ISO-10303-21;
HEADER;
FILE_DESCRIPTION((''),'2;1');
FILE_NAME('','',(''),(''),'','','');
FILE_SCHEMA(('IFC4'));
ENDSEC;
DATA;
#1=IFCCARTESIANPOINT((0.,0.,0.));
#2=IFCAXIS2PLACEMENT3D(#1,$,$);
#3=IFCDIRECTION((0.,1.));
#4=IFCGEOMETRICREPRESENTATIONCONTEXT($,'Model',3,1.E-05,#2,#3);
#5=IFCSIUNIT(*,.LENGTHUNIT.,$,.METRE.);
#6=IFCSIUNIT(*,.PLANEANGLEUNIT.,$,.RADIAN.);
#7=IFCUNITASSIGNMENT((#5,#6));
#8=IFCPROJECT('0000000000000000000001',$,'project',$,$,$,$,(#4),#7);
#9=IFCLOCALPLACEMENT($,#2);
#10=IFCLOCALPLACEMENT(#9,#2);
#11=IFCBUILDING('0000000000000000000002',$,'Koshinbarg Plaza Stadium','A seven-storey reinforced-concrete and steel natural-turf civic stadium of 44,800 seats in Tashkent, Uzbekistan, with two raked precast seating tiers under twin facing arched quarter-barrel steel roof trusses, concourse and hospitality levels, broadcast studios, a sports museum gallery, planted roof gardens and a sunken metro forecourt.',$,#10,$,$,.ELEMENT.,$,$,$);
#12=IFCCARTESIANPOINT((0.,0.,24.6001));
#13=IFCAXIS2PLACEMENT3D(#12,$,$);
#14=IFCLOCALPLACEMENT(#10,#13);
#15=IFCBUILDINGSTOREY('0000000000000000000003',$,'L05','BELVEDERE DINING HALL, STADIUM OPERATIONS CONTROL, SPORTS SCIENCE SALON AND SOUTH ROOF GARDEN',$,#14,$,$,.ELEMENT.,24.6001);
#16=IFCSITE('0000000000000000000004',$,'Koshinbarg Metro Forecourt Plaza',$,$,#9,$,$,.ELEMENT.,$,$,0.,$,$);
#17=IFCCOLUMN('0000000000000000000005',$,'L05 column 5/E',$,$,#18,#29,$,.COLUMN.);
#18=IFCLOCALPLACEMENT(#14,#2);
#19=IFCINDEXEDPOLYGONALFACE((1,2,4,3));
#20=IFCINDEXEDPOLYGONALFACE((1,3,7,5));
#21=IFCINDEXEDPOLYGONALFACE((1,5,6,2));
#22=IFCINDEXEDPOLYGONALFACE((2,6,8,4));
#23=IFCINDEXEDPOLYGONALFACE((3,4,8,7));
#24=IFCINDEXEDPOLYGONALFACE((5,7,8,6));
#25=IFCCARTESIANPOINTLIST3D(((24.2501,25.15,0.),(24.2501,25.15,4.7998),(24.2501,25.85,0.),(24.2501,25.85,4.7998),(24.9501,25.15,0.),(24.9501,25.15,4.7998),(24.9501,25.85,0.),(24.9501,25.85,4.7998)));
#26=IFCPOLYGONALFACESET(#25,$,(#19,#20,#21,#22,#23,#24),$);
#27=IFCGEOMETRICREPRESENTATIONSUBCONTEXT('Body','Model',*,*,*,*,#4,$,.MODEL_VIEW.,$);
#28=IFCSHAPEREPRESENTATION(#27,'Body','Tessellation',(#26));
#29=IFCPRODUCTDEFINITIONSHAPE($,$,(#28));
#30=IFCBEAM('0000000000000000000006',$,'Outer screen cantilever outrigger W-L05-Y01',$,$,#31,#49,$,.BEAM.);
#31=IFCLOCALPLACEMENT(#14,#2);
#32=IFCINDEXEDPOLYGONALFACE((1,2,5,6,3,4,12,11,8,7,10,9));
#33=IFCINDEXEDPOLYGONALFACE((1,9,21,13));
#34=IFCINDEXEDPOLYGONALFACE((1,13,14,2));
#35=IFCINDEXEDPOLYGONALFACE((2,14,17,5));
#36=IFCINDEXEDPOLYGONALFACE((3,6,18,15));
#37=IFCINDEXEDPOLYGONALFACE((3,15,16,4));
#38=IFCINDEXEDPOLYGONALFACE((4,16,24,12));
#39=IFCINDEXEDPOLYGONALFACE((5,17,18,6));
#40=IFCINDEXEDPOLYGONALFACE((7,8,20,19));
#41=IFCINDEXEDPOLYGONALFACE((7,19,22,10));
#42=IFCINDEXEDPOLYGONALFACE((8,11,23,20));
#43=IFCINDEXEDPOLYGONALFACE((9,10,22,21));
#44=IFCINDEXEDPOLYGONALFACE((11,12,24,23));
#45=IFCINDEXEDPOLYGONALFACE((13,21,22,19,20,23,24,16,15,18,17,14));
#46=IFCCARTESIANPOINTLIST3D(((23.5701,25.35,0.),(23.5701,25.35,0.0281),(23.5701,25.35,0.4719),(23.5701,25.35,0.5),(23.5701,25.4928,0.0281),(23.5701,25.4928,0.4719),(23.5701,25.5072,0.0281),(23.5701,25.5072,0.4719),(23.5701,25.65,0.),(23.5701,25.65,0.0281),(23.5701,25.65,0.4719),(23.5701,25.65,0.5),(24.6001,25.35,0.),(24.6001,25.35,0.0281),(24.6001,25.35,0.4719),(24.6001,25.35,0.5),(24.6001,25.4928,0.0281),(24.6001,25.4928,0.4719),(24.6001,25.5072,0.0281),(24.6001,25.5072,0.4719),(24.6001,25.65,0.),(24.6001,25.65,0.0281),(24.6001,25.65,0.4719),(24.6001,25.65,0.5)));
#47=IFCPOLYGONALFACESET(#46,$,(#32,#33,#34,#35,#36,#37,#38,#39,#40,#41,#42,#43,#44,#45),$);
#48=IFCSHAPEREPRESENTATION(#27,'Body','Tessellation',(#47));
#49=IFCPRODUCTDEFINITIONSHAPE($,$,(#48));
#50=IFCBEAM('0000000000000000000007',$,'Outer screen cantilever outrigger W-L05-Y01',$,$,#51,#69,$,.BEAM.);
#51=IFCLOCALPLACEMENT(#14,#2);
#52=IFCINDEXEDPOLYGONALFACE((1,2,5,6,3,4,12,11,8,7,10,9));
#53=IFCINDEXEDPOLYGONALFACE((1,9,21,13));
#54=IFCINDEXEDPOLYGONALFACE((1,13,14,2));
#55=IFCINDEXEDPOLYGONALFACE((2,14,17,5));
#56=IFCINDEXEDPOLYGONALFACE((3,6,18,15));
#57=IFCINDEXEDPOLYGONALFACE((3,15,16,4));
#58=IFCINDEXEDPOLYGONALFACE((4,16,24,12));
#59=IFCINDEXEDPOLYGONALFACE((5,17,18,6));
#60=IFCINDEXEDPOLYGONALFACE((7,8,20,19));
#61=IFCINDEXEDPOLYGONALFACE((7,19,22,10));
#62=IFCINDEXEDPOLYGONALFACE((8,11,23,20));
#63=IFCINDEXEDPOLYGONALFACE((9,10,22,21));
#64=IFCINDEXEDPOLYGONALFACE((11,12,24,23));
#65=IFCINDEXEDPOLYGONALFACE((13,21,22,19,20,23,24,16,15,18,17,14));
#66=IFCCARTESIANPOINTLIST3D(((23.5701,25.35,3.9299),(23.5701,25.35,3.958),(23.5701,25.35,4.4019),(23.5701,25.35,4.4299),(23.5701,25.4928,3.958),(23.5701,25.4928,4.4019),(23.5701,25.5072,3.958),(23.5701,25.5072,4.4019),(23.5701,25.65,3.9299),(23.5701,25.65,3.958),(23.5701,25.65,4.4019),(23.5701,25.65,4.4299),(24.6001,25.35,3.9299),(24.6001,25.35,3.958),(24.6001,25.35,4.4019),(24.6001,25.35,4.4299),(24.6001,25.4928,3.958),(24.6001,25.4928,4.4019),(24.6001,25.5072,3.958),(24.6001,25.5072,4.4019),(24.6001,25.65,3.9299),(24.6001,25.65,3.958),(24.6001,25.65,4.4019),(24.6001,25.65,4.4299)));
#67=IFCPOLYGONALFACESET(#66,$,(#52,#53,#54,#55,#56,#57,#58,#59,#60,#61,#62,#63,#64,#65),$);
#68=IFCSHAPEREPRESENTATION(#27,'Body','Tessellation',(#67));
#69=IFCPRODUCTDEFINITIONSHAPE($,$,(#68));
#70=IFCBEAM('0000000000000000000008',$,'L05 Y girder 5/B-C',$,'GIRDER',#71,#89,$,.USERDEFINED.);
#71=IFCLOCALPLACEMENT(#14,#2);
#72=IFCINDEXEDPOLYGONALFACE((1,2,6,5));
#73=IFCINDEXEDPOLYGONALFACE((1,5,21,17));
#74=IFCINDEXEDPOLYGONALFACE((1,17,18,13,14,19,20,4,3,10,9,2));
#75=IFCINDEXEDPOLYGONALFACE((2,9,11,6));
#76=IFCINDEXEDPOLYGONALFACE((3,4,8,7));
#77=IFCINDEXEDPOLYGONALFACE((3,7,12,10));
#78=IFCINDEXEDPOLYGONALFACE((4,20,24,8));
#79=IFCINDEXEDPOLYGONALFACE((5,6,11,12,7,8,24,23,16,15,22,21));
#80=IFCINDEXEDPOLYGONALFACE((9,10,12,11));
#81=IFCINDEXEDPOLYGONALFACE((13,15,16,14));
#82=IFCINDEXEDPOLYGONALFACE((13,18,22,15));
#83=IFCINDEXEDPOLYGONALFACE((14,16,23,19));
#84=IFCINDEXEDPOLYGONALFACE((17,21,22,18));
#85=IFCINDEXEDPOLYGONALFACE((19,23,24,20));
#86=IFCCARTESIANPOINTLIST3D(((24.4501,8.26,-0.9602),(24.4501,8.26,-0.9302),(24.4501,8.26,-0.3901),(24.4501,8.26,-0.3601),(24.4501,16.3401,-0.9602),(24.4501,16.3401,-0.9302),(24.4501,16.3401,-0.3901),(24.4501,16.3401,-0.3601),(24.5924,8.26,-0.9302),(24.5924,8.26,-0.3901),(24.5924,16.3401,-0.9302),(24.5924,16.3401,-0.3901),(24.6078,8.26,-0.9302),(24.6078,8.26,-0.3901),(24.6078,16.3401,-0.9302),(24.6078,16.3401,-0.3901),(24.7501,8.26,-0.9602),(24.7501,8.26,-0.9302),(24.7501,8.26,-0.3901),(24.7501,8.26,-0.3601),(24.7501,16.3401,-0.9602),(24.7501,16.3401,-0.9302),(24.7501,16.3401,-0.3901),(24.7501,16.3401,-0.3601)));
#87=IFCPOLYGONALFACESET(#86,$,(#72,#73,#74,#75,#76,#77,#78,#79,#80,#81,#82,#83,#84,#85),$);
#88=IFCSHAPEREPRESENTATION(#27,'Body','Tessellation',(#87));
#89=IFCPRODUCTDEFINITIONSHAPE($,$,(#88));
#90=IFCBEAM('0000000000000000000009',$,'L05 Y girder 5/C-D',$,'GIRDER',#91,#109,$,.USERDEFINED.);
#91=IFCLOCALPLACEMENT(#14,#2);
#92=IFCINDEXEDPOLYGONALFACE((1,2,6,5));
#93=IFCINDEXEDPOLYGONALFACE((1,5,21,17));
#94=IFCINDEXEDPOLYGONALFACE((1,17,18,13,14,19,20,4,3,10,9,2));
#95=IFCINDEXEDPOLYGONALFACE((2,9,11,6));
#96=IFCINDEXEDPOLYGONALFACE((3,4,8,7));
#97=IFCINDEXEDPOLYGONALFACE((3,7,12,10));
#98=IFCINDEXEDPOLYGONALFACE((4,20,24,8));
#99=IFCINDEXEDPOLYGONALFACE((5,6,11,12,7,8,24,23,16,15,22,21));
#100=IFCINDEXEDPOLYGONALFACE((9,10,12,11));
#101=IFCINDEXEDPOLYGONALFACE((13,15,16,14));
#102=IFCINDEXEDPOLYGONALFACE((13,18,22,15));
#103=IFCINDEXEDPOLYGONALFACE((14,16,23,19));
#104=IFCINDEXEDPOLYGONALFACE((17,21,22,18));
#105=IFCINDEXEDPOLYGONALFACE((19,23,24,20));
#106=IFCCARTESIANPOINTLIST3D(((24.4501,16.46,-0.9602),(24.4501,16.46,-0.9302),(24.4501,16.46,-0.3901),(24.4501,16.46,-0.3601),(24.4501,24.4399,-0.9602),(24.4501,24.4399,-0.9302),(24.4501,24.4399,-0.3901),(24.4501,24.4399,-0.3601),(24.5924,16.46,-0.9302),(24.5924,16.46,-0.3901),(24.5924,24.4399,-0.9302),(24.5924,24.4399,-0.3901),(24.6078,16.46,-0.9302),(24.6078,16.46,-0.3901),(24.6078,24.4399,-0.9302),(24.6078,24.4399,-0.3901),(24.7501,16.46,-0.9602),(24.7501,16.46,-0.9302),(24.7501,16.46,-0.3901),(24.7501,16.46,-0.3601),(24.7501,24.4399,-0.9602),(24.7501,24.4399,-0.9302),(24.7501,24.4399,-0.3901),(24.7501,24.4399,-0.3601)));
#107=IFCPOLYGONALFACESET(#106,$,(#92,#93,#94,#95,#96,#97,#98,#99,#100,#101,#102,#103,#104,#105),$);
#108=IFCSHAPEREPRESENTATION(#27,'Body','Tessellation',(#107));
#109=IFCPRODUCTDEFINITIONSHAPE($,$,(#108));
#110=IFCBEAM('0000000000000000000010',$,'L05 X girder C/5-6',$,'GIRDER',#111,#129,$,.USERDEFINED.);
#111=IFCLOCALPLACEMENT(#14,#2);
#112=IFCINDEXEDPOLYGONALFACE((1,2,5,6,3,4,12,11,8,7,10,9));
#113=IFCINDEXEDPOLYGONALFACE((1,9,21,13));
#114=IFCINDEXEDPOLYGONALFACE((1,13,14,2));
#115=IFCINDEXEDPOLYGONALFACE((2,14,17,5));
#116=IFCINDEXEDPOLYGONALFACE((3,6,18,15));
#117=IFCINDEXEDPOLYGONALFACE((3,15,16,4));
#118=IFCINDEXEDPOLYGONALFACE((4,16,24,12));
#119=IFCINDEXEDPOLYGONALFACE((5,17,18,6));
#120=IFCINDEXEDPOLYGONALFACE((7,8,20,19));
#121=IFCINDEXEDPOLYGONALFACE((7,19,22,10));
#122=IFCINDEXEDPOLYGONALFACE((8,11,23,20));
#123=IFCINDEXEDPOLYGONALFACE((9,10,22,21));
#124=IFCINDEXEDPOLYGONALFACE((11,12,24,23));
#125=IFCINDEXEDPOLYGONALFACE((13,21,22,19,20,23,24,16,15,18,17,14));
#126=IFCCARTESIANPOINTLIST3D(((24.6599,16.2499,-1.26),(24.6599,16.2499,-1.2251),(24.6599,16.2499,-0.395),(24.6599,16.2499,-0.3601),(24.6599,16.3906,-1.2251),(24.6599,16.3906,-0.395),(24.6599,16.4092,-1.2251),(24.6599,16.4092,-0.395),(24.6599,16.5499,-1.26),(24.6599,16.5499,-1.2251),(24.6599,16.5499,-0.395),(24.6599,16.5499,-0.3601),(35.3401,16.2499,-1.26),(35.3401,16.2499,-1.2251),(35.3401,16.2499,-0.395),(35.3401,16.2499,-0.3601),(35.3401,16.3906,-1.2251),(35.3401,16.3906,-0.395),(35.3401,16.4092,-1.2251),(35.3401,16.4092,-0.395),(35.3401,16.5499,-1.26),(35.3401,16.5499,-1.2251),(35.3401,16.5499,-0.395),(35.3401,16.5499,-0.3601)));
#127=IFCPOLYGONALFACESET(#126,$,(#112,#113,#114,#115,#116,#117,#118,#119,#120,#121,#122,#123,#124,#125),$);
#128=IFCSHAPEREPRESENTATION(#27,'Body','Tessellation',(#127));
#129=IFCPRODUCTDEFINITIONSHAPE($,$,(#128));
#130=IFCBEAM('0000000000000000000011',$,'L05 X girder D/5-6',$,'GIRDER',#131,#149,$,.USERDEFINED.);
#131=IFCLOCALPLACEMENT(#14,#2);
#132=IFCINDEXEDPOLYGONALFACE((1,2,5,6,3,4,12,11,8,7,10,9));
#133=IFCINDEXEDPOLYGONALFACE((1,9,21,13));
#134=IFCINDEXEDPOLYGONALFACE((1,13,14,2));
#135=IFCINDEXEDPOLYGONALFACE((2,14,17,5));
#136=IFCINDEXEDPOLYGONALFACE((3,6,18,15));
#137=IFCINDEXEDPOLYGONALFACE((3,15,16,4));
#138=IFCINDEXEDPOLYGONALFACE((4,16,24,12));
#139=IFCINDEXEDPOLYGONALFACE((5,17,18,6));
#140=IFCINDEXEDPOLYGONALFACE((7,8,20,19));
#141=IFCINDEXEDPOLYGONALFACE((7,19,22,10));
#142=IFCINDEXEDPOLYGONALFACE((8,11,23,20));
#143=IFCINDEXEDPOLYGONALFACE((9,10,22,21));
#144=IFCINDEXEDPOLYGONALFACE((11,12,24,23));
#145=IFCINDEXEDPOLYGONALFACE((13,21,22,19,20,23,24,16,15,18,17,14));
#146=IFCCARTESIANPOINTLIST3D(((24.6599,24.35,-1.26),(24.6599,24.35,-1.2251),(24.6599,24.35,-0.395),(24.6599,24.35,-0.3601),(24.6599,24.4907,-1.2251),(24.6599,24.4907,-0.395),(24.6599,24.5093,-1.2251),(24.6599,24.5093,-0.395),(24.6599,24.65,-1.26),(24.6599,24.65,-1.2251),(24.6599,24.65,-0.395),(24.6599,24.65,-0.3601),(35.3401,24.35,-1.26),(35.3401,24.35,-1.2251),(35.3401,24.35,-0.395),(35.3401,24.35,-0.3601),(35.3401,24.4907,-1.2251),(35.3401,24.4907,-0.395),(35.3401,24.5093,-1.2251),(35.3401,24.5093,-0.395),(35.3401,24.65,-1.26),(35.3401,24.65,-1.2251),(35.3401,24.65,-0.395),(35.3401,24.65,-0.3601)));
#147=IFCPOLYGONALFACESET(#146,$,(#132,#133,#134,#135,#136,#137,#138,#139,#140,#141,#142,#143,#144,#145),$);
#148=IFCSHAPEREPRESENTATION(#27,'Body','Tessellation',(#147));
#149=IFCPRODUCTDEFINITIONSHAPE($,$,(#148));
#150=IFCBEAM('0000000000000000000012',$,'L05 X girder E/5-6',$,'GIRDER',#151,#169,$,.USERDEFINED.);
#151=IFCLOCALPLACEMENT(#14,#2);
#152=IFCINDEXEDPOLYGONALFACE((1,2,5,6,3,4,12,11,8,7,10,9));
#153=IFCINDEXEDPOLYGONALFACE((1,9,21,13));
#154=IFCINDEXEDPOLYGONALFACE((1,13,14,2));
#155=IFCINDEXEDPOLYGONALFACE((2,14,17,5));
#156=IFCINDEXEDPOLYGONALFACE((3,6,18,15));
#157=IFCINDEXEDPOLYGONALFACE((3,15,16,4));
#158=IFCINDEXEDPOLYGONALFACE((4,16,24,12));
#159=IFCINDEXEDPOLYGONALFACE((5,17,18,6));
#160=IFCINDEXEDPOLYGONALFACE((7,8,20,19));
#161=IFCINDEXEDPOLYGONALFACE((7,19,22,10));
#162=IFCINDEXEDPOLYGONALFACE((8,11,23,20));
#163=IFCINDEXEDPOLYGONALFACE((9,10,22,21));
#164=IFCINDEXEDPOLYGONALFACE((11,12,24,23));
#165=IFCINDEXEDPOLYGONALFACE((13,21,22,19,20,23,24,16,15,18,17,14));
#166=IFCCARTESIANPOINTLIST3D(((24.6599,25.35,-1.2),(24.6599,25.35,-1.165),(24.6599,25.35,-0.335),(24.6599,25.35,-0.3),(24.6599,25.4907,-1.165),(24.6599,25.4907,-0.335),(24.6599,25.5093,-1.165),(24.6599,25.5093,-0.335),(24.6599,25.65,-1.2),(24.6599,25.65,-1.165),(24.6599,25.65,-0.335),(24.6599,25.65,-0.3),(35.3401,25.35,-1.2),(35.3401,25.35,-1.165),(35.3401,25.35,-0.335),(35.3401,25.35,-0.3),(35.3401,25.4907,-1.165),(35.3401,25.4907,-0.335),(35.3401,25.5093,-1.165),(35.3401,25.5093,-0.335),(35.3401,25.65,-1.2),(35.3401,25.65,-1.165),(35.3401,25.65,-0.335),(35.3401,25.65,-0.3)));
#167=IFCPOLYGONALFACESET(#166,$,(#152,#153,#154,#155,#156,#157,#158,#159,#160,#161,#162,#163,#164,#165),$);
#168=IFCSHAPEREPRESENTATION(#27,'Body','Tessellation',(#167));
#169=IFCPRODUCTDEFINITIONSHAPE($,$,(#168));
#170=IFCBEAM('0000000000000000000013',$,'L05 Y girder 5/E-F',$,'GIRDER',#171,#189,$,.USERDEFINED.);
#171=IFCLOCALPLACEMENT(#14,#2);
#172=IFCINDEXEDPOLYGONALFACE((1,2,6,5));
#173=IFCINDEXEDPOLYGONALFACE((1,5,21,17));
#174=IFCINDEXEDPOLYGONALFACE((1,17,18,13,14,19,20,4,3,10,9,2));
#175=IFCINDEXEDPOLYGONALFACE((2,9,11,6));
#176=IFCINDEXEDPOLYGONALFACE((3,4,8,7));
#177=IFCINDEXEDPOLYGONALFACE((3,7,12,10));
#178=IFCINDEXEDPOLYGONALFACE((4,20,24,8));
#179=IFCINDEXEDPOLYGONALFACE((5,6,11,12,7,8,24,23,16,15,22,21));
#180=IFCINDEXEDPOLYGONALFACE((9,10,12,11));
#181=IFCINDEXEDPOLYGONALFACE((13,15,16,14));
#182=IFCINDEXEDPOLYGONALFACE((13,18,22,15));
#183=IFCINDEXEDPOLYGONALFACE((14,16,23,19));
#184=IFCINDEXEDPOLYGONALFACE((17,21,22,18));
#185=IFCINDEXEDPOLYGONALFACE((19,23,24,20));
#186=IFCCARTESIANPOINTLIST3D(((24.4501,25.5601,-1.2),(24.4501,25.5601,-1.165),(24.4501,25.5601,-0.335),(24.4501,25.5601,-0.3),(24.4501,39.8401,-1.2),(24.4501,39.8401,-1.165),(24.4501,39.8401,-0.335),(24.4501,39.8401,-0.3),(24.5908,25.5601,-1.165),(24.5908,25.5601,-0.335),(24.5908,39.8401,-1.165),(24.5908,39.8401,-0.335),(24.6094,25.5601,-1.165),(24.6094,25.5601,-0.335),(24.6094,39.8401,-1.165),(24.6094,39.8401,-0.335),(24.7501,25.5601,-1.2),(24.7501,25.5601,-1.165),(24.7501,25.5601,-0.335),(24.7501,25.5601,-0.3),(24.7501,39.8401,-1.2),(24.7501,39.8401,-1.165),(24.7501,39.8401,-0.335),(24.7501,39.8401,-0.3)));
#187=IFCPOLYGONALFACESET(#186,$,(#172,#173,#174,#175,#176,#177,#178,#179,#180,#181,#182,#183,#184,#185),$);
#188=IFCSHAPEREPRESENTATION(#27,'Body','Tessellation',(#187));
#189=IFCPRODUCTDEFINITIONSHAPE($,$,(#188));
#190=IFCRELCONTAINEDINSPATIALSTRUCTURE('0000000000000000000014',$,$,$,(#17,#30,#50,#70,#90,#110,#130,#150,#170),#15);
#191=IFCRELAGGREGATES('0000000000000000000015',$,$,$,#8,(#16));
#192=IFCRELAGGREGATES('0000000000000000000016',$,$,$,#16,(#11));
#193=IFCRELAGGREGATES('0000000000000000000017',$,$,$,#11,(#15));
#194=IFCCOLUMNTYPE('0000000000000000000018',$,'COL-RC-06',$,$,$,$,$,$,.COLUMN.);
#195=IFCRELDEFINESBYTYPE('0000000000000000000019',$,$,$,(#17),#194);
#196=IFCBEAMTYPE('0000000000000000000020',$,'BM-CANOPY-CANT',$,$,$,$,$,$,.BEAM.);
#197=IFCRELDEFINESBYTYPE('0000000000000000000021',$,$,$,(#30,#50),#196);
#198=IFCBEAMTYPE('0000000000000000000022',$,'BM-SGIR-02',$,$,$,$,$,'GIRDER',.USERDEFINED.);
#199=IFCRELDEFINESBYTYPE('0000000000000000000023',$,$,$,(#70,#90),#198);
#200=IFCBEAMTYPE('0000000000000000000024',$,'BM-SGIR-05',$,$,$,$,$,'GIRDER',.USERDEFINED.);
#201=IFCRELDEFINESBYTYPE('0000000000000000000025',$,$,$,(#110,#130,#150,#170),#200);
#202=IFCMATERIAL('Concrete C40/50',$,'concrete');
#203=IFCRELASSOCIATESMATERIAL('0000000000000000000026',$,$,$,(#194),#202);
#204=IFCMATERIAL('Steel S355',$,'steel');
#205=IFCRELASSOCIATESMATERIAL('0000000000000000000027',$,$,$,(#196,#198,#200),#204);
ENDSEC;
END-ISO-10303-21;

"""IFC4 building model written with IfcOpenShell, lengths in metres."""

from ifc_helpers import new_model, si_unit, direction, frame, origin, origin_2d, place, context, subcontext, project, spatial, rectangle, i_section, extrude, material, material_profile, profile_set, type_object, element, save


model = new_model("IFC4")

# Units and contexts
model_context = context("Model", 3, precision=1e-05, world=origin(), true_north=direction((0.0, 1.0)))
body_context = subcontext(model_context, "Body", "Model", "MODEL_VIEW")
ifc_project = project(units=[si_unit("LENGTHUNIT", "METRE"), si_unit("PLANEANGLEUNIT", "RADIAN")], contexts=[model_context])

# Site, building, storey
site_placement = place(None, origin())
site = spatial("IfcSite", under=ifc_project, at=site_placement, Name="Koshinbarg Metro Forecourt Plaza", CompositionType="ELEMENT", RefElevation=0.0)
building_placement = place(site_placement, origin())
building = spatial("IfcBuilding", under=site, at=building_placement, Name="Koshinbarg Plaza Stadium", Description="A seven-storey reinforced-concrete and steel natural-turf civic stadium of 44,800 seats in Tashkent, Uzbekistan, with two raked precast seating tiers under twin facing arched quarter-barrel steel roof trusses, concourse and hospitality levels, broadcast studios, a sports museum gallery, planted roof gardens and a sunken metro forecourt.", CompositionType="ELEMENT")
storey_placement = place(building_placement, frame((0.0, 0.0, 24.6001)))
storey = spatial("IfcBuildingStorey", under=building, at=storey_placement, Name="L05", Description="BELVEDERE DINING HALL, STADIUM OPERATIONS CONTROL, SPORTS SCIENCE SALON AND SOUTH ROOF GARDEN", CompositionType="ELEMENT", Elevation=24.6001)

# Column
ifc_material_1 = material(Name="Concrete C40/50", Category="concrete")
ifc_material_profile_1 = material_profile(ifc_material_1, rectangle(XDim=0.7, YDim=0.7, at=origin_2d()), Name="RC 700x700")
ifc_profile_set_1 = profile_set([ifc_material_profile_1], Name="Concrete C40/50")
column_type = type_object("IfcColumnType", Name="COL-RC-06", PredefinedType="COLUMN", material=ifc_profile_set_1)
column_placement = place(storey_placement, frame((24.6001, 25.5, 0.0), z_axis=(0.0, 0.0, 1.0), x_axis=(1.0, 0.0, 0.0)))
element("IfcColumn", 1, at=column_placement, inside=storey, type_object=column_type, Name="L05 column 5/E", PredefinedType="COLUMN", context=body_context, shape_type="SweptSolid", body=[
    extrude(rectangle(XDim=0.7, YDim=0.7, at=origin_2d()), origin(), (0.0, 0.0, 1.0), 4.7998),
])

# Beams
ifc_material_2 = material(Name="Steel S355", Category="steel")
ifc_material_profile_2 = material_profile(ifc_material_2, i_section(OverallWidth=0.3, OverallDepth=0.5, WebThickness=0.0144, FlangeThickness=0.0281, at=origin_2d()), Name="HEB 500")
ifc_profile_set_2 = profile_set([ifc_material_profile_2], Name="Steel S355")
beam_type_1 = type_object("IfcBeamType", Name="BM-CANOPY-CANT", PredefinedType="BEAM", material=ifc_profile_set_2)
for number, where, z_axis, x_axis, name in (
    (2, (24.6001, 25.5, 0.25), (-1.0, 0.0, 0.0), (0.0, -1.0, 0.0), "Outer screen cantilever outrigger W-L05-Y01"),
    (3, (24.6001, 25.5, 4.1799), (-1.0, 0.0, 0.0), (0.0, -1.0, 0.0), "Outer screen cantilever outrigger W-L05-Y01"),
):
    element("IfcBeam", number, at=place(storey_placement, frame(where, z_axis=z_axis, x_axis=x_axis)), inside=storey, type_object=beam_type_1, Name=name, PredefinedType="BEAM", context=body_context, shape_type="SweptSolid", body=[
        extrude(i_section(OverallWidth=0.3, OverallDepth=0.5, WebThickness=0.0144, FlangeThickness=0.0281, at=origin_2d()), origin(), (0.0, 0.0, 1.0), 1.03),
    ])
ifc_material_profile_3 = material_profile(ifc_material_2, i_section(OverallWidth=0.3, OverallDepth=0.6001, WebThickness=0.0154, FlangeThickness=0.03, at=origin_2d()), Name="HEB 600")
ifc_profile_set_3 = profile_set([ifc_material_profile_3], Name="Steel S355")
beam_type_2 = type_object("IfcBeamType", Name="BM-SGIR-02", ElementType="GIRDER", PredefinedType="USERDEFINED", material=ifc_profile_set_3)
beam_1_placement = place(storey_placement, frame((24.6001, 8.26, -0.6602), z_axis=(0.0, 1.0, 0.0), x_axis=(-1.0, 0.0, 0.0)))
element("IfcBeam", 4, at=beam_1_placement, inside=storey, type_object=beam_type_2, Name="L05 Y girder 5/B-C", ObjectType="GIRDER", PredefinedType="USERDEFINED", context=body_context, shape_type="SweptSolid", body=[
    extrude(i_section(OverallWidth=0.3, OverallDepth=0.6001, WebThickness=0.0154, FlangeThickness=0.03, at=origin_2d()), origin(), (0.0, 0.0, 1.0), 8.0801),
])
beam_2_placement = place(storey_placement, frame((24.6001, 16.46, -0.6602), z_axis=(0.0, 1.0, 0.0), x_axis=(-1.0, 0.0, 0.0)))
element("IfcBeam", 5, at=beam_2_placement, inside=storey, type_object=beam_type_2, Name="L05 Y girder 5/C-D", ObjectType="GIRDER", PredefinedType="USERDEFINED", context=body_context, shape_type="SweptSolid", body=[
    extrude(i_section(OverallWidth=0.3, OverallDepth=0.6001, WebThickness=0.0154, FlangeThickness=0.03, at=origin_2d()), origin(), (0.0, 0.0, 1.0), 7.98),
])
ifc_material_profile_4 = material_profile(ifc_material_2, i_section(OverallWidth=0.3, OverallDepth=0.8999, WebThickness=0.0186, FlangeThickness=0.0349, at=origin_2d()), Name="HEB 900")
ifc_profile_set_4 = profile_set([ifc_material_profile_4], Name="Steel S355")
beam_type_3 = type_object("IfcBeamType", Name="BM-SGIR-05", ElementType="GIRDER", PredefinedType="USERDEFINED", material=ifc_profile_set_4)
for number, where, z_axis, x_axis, name in (
    (6, (24.6599, 16.3999, -0.8101), (1.0, 0.0, 0.0), (0.0, 1.0, 0.0), "L05 X girder C/5-6"),
    (7, (24.6599, 24.5, -0.8101), (1.0, 0.0, 0.0), (0.0, 1.0, 0.0), "L05 X girder D/5-6"),
    (8, (24.6599, 25.5, -0.75), (1.0, 0.0, 0.0), (0.0, 1.0, 0.0), "L05 X girder E/5-6"),
):
    element("IfcBeam", number, at=place(storey_placement, frame(where, z_axis=z_axis, x_axis=x_axis)), inside=storey, type_object=beam_type_3, Name=name, ObjectType="GIRDER", PredefinedType="USERDEFINED", context=body_context, shape_type="SweptSolid", body=[
        extrude(i_section(OverallWidth=0.3, OverallDepth=0.8999, WebThickness=0.0186, FlangeThickness=0.0349, at=origin_2d()), origin(), (0.0, 0.0, 1.0), 10.6802),
    ])
beam_3_placement = place(storey_placement, frame((24.6001, 25.5601, -0.75), z_axis=(0.0, 1.0, 0.0), x_axis=(-1.0, 0.0, 0.0)))
element("IfcBeam", 9, at=beam_3_placement, inside=storey, type_object=beam_type_3, Name="L05 Y girder 5/E-F", ObjectType="GIRDER", PredefinedType="USERDEFINED", context=body_context, shape_type="SweptSolid", body=[
    extrude(i_section(OverallWidth=0.3, OverallDepth=0.8999, WebThickness=0.0186, FlangeThickness=0.0349, at=origin_2d()), origin(), (0.0, 0.0, 1.0), 14.28),
])

save(model, "model.ifc")
